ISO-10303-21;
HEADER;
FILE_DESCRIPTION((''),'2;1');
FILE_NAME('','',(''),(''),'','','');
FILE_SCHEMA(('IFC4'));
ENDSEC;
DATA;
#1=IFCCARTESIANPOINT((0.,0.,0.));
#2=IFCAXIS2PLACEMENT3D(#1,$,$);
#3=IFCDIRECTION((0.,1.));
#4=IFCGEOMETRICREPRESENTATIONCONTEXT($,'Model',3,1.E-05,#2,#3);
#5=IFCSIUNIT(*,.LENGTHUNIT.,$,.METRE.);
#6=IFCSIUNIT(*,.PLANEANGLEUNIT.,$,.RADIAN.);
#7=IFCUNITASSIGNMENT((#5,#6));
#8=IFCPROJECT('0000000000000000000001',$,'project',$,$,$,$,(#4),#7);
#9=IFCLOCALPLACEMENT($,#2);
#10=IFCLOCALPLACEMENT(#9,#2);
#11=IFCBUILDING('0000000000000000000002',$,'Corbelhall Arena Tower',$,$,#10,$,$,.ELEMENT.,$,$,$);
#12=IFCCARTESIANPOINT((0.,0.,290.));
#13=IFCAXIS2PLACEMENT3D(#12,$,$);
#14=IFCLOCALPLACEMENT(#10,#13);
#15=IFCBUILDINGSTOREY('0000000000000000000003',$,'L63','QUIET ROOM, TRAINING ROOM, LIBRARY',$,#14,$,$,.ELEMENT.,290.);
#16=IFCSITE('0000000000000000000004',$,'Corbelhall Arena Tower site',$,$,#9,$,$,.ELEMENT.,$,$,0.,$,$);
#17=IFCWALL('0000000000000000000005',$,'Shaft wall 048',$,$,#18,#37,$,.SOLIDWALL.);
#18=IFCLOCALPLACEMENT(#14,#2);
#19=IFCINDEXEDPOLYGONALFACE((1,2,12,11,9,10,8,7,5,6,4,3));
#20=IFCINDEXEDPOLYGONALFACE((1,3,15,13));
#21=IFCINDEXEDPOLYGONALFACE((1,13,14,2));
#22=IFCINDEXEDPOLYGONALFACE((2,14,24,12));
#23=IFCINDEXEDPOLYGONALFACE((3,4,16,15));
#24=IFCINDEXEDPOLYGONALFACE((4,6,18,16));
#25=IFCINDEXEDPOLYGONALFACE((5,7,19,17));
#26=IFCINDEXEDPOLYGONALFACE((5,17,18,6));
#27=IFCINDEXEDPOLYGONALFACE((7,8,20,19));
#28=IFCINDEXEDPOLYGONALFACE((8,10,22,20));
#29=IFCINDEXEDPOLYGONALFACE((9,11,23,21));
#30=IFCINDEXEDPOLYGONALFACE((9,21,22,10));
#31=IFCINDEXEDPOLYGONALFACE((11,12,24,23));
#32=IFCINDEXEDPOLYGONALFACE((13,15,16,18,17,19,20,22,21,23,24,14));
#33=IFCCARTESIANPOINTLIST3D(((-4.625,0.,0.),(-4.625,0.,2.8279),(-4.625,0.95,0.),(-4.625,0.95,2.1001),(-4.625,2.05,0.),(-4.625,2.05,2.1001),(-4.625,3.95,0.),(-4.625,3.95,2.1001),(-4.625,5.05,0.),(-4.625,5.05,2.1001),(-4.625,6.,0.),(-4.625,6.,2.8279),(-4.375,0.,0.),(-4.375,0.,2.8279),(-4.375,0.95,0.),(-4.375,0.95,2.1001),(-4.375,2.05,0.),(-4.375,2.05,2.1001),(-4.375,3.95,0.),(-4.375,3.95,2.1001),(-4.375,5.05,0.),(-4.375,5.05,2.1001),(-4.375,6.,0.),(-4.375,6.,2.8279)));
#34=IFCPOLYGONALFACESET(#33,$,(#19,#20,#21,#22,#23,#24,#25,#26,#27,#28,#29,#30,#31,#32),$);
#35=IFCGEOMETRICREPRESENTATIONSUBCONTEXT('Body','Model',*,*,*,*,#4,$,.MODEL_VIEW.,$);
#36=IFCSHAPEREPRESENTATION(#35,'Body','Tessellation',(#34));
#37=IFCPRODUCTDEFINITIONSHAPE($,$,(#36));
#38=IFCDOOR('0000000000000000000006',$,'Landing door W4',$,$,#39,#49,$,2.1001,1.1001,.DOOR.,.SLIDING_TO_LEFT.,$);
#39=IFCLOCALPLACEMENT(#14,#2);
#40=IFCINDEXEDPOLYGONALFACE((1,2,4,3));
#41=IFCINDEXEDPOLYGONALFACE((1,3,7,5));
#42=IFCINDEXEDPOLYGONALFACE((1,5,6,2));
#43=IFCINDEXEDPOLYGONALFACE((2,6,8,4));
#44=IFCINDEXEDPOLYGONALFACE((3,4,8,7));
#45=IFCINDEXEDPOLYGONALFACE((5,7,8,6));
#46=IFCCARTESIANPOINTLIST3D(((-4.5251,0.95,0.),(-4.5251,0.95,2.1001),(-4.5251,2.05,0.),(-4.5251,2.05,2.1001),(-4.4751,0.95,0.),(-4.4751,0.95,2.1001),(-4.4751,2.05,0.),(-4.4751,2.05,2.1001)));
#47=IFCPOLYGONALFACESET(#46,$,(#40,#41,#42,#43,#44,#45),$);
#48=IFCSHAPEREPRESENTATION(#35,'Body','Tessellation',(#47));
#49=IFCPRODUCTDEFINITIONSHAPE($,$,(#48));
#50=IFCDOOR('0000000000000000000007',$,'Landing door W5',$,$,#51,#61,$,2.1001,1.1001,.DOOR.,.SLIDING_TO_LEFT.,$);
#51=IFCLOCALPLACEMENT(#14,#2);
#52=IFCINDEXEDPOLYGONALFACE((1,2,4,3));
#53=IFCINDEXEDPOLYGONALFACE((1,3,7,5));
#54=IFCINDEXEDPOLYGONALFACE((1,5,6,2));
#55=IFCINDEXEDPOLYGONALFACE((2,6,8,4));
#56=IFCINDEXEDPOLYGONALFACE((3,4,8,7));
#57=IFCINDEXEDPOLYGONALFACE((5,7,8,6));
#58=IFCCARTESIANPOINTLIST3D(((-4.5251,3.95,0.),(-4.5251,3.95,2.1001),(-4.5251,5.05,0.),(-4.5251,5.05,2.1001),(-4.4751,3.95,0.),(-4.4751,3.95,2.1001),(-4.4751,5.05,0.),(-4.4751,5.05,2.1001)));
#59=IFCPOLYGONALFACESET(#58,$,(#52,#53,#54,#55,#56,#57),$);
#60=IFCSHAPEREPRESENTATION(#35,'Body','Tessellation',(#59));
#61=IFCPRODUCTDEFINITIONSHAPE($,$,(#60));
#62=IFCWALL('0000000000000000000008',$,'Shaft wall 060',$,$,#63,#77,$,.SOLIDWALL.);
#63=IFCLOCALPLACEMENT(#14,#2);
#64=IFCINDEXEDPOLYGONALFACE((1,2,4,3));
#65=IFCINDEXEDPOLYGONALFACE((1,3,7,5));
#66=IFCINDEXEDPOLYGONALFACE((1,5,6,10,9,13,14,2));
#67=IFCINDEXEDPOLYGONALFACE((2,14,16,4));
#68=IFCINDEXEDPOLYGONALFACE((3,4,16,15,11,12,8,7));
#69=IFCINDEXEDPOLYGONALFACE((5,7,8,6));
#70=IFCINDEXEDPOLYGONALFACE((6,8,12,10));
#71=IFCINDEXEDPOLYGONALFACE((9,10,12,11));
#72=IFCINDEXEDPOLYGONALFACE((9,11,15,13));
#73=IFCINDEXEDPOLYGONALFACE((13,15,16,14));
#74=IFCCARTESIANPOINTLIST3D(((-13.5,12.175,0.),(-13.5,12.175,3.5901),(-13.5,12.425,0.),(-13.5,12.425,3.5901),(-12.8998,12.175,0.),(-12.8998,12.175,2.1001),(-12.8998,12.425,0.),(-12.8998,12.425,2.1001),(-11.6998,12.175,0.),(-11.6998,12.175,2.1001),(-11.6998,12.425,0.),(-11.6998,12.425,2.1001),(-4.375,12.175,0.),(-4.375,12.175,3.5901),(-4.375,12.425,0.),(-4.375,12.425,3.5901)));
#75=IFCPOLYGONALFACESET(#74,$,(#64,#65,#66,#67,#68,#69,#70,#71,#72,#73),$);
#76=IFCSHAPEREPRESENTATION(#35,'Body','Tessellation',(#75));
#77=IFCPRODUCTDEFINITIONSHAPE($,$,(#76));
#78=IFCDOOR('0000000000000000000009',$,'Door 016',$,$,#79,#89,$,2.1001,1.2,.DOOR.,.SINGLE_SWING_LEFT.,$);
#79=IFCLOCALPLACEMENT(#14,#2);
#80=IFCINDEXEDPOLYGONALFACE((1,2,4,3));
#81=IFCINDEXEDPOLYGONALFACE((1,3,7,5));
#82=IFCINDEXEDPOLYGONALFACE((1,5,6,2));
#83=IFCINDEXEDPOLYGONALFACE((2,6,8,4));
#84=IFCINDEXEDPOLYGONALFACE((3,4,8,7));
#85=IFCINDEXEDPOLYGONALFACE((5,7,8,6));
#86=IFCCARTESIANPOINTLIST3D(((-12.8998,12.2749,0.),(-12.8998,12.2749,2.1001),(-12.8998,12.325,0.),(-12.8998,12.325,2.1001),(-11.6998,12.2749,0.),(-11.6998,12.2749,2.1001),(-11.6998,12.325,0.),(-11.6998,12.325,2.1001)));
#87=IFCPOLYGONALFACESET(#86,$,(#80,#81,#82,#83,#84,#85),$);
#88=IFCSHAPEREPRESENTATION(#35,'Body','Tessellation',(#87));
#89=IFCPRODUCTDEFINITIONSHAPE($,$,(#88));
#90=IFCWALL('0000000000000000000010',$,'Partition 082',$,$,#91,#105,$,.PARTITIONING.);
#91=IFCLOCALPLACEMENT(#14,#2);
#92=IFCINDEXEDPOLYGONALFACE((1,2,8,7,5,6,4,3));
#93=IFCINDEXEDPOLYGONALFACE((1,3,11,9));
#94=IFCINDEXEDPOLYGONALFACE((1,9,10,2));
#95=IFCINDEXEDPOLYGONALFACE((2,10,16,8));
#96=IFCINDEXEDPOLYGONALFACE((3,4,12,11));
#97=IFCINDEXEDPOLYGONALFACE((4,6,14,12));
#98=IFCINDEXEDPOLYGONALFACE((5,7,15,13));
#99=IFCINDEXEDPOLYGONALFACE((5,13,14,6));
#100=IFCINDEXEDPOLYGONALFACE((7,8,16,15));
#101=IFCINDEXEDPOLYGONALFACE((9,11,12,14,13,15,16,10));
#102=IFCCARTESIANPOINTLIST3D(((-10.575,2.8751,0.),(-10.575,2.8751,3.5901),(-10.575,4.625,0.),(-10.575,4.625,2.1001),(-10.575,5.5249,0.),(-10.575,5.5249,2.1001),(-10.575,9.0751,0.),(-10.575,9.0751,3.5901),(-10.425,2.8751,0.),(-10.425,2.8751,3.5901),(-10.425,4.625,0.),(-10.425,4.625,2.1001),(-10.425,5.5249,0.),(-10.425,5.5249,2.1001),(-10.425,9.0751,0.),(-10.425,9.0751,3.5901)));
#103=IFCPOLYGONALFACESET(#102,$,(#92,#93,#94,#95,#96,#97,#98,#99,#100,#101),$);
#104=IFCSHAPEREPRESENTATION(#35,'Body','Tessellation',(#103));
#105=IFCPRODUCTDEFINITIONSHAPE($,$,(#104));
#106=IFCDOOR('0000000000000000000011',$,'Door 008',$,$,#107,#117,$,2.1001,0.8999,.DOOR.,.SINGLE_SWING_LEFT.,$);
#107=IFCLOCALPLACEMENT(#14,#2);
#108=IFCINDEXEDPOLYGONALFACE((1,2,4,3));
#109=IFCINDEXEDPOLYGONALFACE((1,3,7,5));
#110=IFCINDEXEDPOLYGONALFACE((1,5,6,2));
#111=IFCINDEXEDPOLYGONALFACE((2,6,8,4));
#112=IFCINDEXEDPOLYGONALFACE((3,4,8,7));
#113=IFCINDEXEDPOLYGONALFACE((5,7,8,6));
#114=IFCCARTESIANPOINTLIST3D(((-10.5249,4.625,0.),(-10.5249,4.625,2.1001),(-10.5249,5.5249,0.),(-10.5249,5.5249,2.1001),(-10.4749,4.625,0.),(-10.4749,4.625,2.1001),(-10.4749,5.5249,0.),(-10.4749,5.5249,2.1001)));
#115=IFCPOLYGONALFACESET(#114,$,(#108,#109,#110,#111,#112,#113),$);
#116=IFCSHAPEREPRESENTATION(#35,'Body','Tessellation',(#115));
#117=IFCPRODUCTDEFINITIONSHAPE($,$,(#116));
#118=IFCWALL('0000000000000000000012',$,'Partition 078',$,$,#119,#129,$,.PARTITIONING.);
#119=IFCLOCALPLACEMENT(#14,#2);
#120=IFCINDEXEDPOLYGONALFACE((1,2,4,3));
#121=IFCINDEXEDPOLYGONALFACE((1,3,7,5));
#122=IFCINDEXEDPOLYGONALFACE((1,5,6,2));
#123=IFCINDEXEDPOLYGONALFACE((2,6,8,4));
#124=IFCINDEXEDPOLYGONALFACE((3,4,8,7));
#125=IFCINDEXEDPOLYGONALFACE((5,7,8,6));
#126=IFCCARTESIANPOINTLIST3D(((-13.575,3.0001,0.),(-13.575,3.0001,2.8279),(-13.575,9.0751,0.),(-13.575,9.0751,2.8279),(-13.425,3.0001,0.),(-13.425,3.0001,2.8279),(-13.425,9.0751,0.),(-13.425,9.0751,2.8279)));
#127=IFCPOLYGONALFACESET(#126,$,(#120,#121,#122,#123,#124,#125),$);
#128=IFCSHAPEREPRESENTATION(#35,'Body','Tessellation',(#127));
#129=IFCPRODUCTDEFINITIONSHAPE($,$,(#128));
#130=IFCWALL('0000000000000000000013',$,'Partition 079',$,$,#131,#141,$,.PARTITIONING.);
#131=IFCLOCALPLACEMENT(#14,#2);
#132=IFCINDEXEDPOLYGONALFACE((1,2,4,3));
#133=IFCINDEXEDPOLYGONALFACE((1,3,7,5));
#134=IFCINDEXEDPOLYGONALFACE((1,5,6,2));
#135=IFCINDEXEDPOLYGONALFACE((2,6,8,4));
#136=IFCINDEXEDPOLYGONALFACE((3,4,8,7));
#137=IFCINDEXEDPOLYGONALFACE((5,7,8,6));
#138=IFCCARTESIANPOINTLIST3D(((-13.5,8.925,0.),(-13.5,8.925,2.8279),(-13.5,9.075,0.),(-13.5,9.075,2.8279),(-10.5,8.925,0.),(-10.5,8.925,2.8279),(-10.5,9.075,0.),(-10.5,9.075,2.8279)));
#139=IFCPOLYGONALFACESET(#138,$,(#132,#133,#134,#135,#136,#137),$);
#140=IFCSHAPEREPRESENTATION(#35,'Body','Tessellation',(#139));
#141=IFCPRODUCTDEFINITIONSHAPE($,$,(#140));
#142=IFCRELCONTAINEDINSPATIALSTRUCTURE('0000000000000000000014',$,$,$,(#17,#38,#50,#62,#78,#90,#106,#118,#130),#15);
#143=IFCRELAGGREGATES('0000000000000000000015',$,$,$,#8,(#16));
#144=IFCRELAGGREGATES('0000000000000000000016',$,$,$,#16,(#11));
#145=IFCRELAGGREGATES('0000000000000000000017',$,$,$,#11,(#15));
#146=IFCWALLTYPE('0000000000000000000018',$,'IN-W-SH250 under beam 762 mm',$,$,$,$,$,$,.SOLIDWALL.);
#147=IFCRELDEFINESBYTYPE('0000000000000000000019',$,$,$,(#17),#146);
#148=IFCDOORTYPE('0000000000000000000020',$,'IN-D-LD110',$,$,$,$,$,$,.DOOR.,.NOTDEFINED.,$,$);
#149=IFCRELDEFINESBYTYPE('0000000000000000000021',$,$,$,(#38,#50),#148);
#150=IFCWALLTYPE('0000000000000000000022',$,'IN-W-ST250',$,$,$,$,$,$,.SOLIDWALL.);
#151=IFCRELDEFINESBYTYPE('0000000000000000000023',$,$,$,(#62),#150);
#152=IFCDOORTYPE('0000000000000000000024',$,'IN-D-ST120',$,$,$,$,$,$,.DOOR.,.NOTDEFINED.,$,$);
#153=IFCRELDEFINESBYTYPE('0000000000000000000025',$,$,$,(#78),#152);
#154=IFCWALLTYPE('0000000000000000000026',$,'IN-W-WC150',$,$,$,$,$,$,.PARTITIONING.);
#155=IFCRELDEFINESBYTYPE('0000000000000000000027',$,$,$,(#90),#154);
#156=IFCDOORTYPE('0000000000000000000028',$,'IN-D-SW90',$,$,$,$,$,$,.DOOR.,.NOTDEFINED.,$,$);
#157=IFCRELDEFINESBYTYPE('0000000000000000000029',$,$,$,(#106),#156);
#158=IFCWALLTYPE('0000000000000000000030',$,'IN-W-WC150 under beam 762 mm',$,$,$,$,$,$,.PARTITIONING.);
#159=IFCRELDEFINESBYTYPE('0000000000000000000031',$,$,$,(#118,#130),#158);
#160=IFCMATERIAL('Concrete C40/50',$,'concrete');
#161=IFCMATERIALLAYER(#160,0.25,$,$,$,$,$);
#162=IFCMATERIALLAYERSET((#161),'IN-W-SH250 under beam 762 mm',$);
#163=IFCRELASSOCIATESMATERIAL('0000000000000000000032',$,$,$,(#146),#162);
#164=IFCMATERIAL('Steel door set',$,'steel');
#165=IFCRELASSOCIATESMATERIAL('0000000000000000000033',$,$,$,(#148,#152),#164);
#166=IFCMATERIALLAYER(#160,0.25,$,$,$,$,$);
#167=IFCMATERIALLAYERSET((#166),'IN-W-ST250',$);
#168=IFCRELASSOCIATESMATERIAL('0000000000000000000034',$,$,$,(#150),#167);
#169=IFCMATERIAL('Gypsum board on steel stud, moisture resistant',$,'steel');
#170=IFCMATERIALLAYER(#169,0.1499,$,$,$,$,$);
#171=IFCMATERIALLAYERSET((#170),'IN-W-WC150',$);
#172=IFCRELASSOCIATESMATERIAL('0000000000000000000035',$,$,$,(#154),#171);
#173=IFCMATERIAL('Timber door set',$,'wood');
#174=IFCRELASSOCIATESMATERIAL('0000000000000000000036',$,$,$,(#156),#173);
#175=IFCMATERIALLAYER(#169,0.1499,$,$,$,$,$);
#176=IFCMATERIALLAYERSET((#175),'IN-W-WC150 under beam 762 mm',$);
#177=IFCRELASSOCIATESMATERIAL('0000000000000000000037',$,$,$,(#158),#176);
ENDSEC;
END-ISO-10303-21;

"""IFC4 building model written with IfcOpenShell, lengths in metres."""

from ifc_helpers import new_model, si_unit, direction, frame, frame_2d, origin, place, context, subcontext, project, spatial, rectangle, extrude, material, layer, layer_set, type_object, element, fill, save


model = new_model("IFC4")

# Units and contexts
model_context = context("Model", 3, precision=1e-05, world=origin(), true_north=direction((0.0, 1.0)))
body_context = subcontext(model_context, "Body", "Model", "MODEL_VIEW")
ifc_project = project(units=[si_unit("LENGTHUNIT", "METRE"), si_unit("PLANEANGLEUNIT", "RADIAN")], contexts=[model_context])

# Site, building, storey
site_placement = place(None, origin())
site = spatial("IfcSite", under=ifc_project, at=site_placement, Name="Corbelhall Arena Tower site", CompositionType="ELEMENT", RefElevation=0.0)
building_placement = place(site_placement, origin())
building = spatial("IfcBuilding", under=site, at=building_placement, Name="Corbelhall Arena Tower", CompositionType="ELEMENT")
storey_placement = place(building_placement, frame((0.0, 0.0, 290.0)))
storey = spatial("IfcBuildingStorey", under=building, at=storey_placement, Name="L63", Description="QUIET ROOM, TRAINING ROOM, LIBRARY", CompositionType="ELEMENT", Elevation=290.0)

# Shared definitions
ifc_material_1 = material(Name="Steel door set", Category="steel")

# Shared definitions
ifc_material_2 = material(Name="Concrete C40/50", Category="concrete")

# Wall, openings, doors
ifc_layer_1 = layer(ifc_material_2, 0.25)
ifc_layer_set_1 = layer_set([ifc_layer_1], Name="IN-W-SH250 under beam 762 mm")
wall_type_1 = type_object("IfcWallType", Name="IN-W-SH250 under beam 762 mm", PredefinedType="SOLIDWALL", material=ifc_layer_set_1)
wall_1_placement = place(storey_placement, frame((-4.5, 6.0, 0.0), z_axis=(0.0, 0.0, 1.0), x_axis=(0.0, -1.0, 0.0)))
wall_1 = element("IfcWall", 1, at=wall_1_placement, inside=storey, type_object=wall_type_1, Name="Shaft wall 048", PredefinedType="SOLIDWALL", context=body_context, shape_type="SweptSolid", body=[
    extrude(rectangle(XDim=6.0, YDim=0.25, at=frame_2d((3.0, 0.0))), origin(), (0.0, 0.0, 1.0), 2.8279),
])
opening_1_placement = place(wall_1_placement, frame((3.95, 0.0, 0.0)))
opening_1 = element("IfcOpeningElement", 2, at=opening_1_placement, cuts=wall_1, PredefinedType="OPENING", context=body_context, shape_type="SweptSolid", body=[
    extrude(rectangle(XDim=1.1001, YDim=2.1001, at=frame_2d((0.55, 1.05))), frame((0.0, 0.125, 0.0), z_axis=(0.0, -1.0, 0.0), x_axis=(1.0, 0.0, 0.0)), (0.0, 0.0, 1.0), 0.25),
])
opening_2_placement = place(wall_1_placement, frame((0.95, 0.0, 0.0)))
opening_2 = element("IfcOpeningElement", 3, at=opening_2_placement, cuts=wall_1, PredefinedType="OPENING", context=body_context, shape_type="SweptSolid", body=[
    extrude(rectangle(XDim=1.1001, YDim=2.1001, at=frame_2d((0.55, 1.05))), frame((0.0, 0.125, 0.0), z_axis=(0.0, -1.0, 0.0), x_axis=(1.0, 0.0, 0.0)), (0.0, 0.0, 1.0), 0.25),
])
door_type_1 = type_object("IfcDoorType", Name="IN-D-LD110", OperationType="NOTDEFINED", PredefinedType="DOOR", material=ifc_material_1)
door_1_placement = place(opening_1_placement, origin())
door_1 = element("IfcDoor", 4, at=door_1_placement, inside=storey, type_object=door_type_1, Name="Landing door W4", OperationType="SLIDING_TO_LEFT", OverallHeight=2.1001, OverallWidth=1.1001, PredefinedType="DOOR", context=body_context, shape_type="SweptSolid", body=[
    extrude(rectangle(XDim=1.1001, YDim=2.1001, at=frame_2d((0.55, 1.05))), frame((0.0, 0.0249, 0.0), z_axis=(0.0, -1.0, 0.0), x_axis=(1.0, 0.0, 0.0)), (0.0, 0.0, 1.0), 0.05),
])
fill(opening_1, door_1)
door_2_placement = place(opening_2_placement, origin())
door_2 = element("IfcDoor", 5, at=door_2_placement, inside=storey, type_object=door_type_1, Name="Landing door W5", OperationType="SLIDING_TO_LEFT", OverallHeight=2.1001, OverallWidth=1.1001, PredefinedType="DOOR", context=body_context, shape_type="SweptSolid", body=[
    extrude(rectangle(XDim=1.1001, YDim=2.1001, at=frame_2d((0.55, 1.05))), frame((0.0, 0.0249, 0.0), z_axis=(0.0, -1.0, 0.0), x_axis=(1.0, 0.0, 0.0)), (0.0, 0.0, 1.0), 0.05),
])
fill(opening_2, door_2)

# Walls, openings, doors
ifc_layer_2 = layer(ifc_material_2, 0.25)
ifc_layer_set_2 = layer_set([ifc_layer_2], Name="IN-W-ST250")
wall_type_2 = type_object("IfcWallType", Name="IN-W-ST250", PredefinedType="SOLIDWALL", material=ifc_layer_set_2)
wall_2_placement = place(storey_placement, frame((-13.5, 12.3, 0.0), z_axis=(0.0, 0.0, 1.0), x_axis=(1.0, 0.0, 0.0)))
wall_2 = element("IfcWall", 6, at=wall_2_placement, inside=storey, type_object=wall_type_2, Name="Shaft wall 060", PredefinedType="SOLIDWALL", context=body_context, shape_type="SweptSolid", body=[
    extrude(rectangle(XDim=9.125, YDim=0.25, at=frame_2d((4.5625, 0.0))), origin(), (0.0, 0.0, 1.0), 3.5901),
])
opening_3_placement = place(wall_2_placement, frame((0.6001, 0.0, 0.0)))
opening_3 = element("IfcOpeningElement", 7, at=opening_3_placement, cuts=wall_2, PredefinedType="OPENING", context=body_context, shape_type="SweptSolid", body=[
    extrude(rectangle(XDim=1.2, YDim=2.1001, at=frame_2d((0.6001, 1.05))), frame((0.0, 0.125, 0.0), z_axis=(0.0, -1.0, 0.0), x_axis=(1.0, 0.0, 0.0)), (0.0, 0.0, 1.0), 0.25),
])
door_type_2 = type_object("IfcDoorType", Name="IN-D-ST120", OperationType="NOTDEFINED", PredefinedType="DOOR", material=ifc_material_1)
door_3_placement = place(opening_3_placement, origin())
door_3 = element("IfcDoor", 8, at=door_3_placement, inside=storey, type_object=door_type_2, Name="Door 016", OperationType="SINGLE_SWING_LEFT", OverallHeight=2.1001, OverallWidth=1.2, PredefinedType="DOOR", context=body_context, shape_type="SweptSolid", body=[
    extrude(rectangle(XDim=1.2, YDim=2.1001, at=frame_2d((0.6001, 1.05))), frame((0.0, 0.0249, 0.0), z_axis=(0.0, -1.0, 0.0), x_axis=(1.0, 0.0, 0.0)), (0.0, 0.0, 1.0), 0.05),
])
fill(opening_3, door_3)
ifc_material_3 = material(Name="Gypsum board on steel stud, moisture resistant", Category="steel")
ifc_layer_3 = layer(ifc_material_3, 0.1499)
ifc_layer_set_3 = layer_set([ifc_layer_3], Name="IN-W-WC150")
wall_type_3 = type_object("IfcWallType", Name="IN-W-WC150", PredefinedType="PARTITIONING", material=ifc_layer_set_3)
wall_3_placement = place(storey_placement, frame((-10.5, 2.875, 0.0), z_axis=(0.0, 0.0, 1.0), x_axis=(0.0, 1.0, 0.0)))
wall_3 = element("IfcWall", 9, at=wall_3_placement, inside=storey, type_object=wall_type_3, Name="Partition 082", PredefinedType="PARTITIONING", context=body_context, shape_type="SweptSolid", body=[
    extrude(rectangle(XDim=6.2, YDim=0.1499, at=frame_2d((3.1001, 0.0))), origin(), (0.0, 0.0, 1.0), 3.5901),
])
opening_4_placement = place(wall_3_placement, frame((1.75, 0.0, 0.0)))
opening_4 = element("IfcOpeningElement", 10, at=opening_4_placement, cuts=wall_3, PredefinedType="OPENING", context=body_context, shape_type="SweptSolid", body=[
    extrude(rectangle(XDim=0.8999, YDim=2.1001, at=frame_2d((0.45, 1.05))), frame((0.0, 0.075, 0.0), z_axis=(0.0, -1.0, 0.0), x_axis=(1.0, 0.0, 0.0)), (0.0, 0.0, 1.0), 0.1499),
])
ifc_material_4 = material(Name="Timber door set", Category="wood")
door_type_3 = type_object("IfcDoorType", Name="IN-D-SW90", OperationType="NOTDEFINED", PredefinedType="DOOR", material=ifc_material_4)
door_4_placement = place(opening_4_placement, origin())
door_4 = element("IfcDoor", 11, at=door_4_placement, inside=storey, type_object=door_type_3, Name="Door 008", OperationType="SINGLE_SWING_LEFT", OverallHeight=2.1001, OverallWidth=0.8999, PredefinedType="DOOR", context=body_context, shape_type="SweptSolid", body=[
    extrude(rectangle(XDim=0.8999, YDim=2.1001, at=frame_2d((0.45, 1.05))), frame((0.0, 0.0249, 0.0), z_axis=(0.0, -1.0, 0.0), x_axis=(1.0, 0.0, 0.0)), (0.0, 0.0, 1.0), 0.05),
])
fill(opening_4, door_4)

# Walls
ifc_layer_4 = layer(ifc_material_3, 0.1499)
ifc_layer_set_4 = layer_set([ifc_layer_4], Name="IN-W-WC150 under beam 762 mm")
wall_type_4 = type_object("IfcWallType", Name="IN-W-WC150 under beam 762 mm", PredefinedType="PARTITIONING", material=ifc_layer_set_4)
wall_4_placement = place(storey_placement, frame((-13.5, 3.0, 0.0), z_axis=(0.0, 0.0, 1.0), x_axis=(0.0, 1.0, 0.0)))
element("IfcWall", 12, at=wall_4_placement, inside=storey, type_object=wall_type_4, Name="Partition 078", PredefinedType="PARTITIONING", context=body_context, shape_type="SweptSolid", body=[
    extrude(rectangle(XDim=6.075, YDim=0.1499, at=frame_2d((3.0376, 0.0))), origin(), (0.0, 0.0, 1.0), 2.8279),
])
wall_5_placement = place(storey_placement, frame((-13.5, 9.0, 0.0), z_axis=(0.0, 0.0, 1.0), x_axis=(1.0, 0.0, 0.0)))
element("IfcWall", 13, at=wall_5_placement, inside=storey, type_object=wall_type_4, Name="Partition 079", PredefinedType="PARTITIONING", context=body_context, shape_type="SweptSolid", body=[
    extrude(rectangle(XDim=3.0, YDim=0.1499, at=frame_2d((1.5, 0.0))), origin(), (0.0, 0.0, 1.0), 2.8279),
])

save(model, "model.ifc")
